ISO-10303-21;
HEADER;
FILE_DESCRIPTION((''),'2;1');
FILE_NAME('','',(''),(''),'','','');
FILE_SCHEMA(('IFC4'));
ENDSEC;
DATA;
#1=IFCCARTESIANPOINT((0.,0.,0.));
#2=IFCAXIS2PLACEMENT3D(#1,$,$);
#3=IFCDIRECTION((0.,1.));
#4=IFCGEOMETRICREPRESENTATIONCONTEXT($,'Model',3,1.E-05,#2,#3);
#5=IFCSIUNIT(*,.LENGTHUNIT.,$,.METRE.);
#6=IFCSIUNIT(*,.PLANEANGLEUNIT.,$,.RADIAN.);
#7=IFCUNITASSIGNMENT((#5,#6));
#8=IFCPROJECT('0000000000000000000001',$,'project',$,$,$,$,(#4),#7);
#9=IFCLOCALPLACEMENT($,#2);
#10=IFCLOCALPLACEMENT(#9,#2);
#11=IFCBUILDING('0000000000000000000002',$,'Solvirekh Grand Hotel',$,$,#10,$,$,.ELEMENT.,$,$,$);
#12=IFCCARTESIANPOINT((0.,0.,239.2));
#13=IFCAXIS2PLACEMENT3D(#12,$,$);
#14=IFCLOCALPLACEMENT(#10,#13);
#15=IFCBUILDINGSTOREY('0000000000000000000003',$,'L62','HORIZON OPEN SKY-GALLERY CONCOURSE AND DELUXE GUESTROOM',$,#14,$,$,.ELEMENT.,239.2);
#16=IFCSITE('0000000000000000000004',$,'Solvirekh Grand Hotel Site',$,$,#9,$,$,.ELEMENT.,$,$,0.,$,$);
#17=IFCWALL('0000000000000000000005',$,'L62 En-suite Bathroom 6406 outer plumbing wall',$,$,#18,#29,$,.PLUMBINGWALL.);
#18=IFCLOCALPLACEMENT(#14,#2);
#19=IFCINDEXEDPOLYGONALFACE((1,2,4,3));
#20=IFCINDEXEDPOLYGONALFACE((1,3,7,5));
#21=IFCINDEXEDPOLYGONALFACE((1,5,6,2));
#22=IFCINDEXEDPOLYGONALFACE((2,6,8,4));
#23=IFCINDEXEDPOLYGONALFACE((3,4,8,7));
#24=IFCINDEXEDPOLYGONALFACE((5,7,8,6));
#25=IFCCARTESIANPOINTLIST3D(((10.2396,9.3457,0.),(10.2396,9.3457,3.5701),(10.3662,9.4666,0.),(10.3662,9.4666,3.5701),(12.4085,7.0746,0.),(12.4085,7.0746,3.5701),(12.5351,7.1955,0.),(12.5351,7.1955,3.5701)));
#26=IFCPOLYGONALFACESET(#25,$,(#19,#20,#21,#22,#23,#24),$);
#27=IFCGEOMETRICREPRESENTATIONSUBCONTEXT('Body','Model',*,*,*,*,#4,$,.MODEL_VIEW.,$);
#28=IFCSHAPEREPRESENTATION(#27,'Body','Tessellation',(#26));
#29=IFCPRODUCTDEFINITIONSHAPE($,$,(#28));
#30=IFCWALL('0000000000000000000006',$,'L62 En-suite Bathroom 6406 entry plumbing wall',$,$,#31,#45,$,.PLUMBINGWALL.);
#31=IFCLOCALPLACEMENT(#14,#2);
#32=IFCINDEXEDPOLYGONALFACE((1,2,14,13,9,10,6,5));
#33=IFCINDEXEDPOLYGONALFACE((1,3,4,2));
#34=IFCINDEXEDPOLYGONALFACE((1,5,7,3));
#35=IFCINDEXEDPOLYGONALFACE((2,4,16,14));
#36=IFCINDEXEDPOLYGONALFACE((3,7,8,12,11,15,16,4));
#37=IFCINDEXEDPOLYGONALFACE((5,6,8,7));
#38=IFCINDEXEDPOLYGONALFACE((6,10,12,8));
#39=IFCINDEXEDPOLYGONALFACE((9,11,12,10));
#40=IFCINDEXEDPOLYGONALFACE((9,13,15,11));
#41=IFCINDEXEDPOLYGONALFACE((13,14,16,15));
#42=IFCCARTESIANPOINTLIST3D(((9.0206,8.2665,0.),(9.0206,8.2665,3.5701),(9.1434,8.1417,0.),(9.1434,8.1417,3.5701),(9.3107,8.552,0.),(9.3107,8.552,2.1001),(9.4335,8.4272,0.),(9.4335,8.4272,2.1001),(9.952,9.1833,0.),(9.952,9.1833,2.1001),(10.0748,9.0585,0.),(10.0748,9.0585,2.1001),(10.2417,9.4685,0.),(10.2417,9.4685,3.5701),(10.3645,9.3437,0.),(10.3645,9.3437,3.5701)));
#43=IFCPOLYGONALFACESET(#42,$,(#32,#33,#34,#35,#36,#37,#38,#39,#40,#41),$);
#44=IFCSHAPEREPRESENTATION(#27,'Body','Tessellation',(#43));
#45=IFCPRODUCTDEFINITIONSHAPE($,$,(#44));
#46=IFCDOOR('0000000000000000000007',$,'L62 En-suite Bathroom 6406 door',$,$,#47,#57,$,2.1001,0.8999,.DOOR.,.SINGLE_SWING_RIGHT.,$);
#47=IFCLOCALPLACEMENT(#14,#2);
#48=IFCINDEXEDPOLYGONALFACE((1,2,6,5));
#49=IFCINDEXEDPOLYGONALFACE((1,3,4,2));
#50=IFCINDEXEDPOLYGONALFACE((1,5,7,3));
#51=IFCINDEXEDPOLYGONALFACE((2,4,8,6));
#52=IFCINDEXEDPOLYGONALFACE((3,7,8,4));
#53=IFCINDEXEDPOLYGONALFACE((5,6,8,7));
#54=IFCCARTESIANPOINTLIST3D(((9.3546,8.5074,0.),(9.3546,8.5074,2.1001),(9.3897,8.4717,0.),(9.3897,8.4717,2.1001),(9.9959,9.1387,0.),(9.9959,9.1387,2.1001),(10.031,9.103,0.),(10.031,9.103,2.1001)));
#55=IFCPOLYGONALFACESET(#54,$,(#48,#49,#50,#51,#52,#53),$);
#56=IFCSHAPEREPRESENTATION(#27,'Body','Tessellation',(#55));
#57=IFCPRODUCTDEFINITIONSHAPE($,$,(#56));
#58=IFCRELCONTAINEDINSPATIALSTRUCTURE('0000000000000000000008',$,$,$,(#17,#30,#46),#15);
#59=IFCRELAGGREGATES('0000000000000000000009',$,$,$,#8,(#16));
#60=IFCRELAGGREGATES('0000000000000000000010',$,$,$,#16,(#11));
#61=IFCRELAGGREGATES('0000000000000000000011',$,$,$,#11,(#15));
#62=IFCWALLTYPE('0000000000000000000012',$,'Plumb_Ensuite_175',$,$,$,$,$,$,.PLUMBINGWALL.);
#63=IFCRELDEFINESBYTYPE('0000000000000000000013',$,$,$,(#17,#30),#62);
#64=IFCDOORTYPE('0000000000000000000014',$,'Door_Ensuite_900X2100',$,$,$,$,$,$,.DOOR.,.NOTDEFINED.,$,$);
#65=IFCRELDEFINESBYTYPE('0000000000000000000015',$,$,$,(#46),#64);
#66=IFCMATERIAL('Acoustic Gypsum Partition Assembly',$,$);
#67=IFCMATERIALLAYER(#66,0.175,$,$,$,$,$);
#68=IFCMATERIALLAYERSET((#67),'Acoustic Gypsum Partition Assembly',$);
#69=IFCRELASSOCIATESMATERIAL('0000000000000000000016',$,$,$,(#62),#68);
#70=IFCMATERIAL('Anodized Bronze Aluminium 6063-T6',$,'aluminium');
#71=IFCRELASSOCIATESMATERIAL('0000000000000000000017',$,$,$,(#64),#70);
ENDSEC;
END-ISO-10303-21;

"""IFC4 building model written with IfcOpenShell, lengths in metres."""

from ifc_helpers import new_model, si_unit, direction, frame, frame_2d, origin, place, context, subcontext, project, spatial, rectangle, extrude, material, layer, layer_set, type_object, element, fill, save


model = new_model("IFC4")

# Units and contexts
model_context = context("Model", 3, precision=1e-05, world=origin(), true_north=direction((0.0, 1.0)))
body_context = subcontext(model_context, "Body", "Model", "MODEL_VIEW")
ifc_project = project(units=[si_unit("LENGTHUNIT", "METRE"), si_unit("PLANEANGLEUNIT", "RADIAN")], contexts=[model_context])

# Site, building, storey
site_placement = place(None, origin())
site = spatial("IfcSite", under=ifc_project, at=site_placement, Name="Solvirekh Grand Hotel Site", CompositionType="ELEMENT", RefElevation=0.0)
building_placement = place(site_placement, origin())
building = spatial("IfcBuilding", under=site, at=building_placement, Name="Solvirekh Grand Hotel", CompositionType="ELEMENT")
storey_placement = place(building_placement, frame((0.0, 0.0, 239.2)))
storey = spatial("IfcBuildingStorey", under=building, at=storey_placement, Name="L62", Description="HORIZON OPEN SKY-GALLERY CONCOURSE AND DELUXE GUESTROOM", CompositionType="ELEMENT", Elevation=239.2)

# Shared definitions
ifc_material_1 = material(Name="Anodized Bronze Aluminium 6063-T6", Category="aluminium")

# Shared definitions
ifc_material_2 = material(Name="Acoustic Gypsum Partition Assembly")

# Wall
ifc_layer_1 = layer(ifc_material_2, 0.175)
ifc_layer_set_1 = layer_set([ifc_layer_1], Name="Acoustic Gypsum Partition Assembly")
wall_type_1 = type_object("IfcWallType", Name="Plumb_Ensuite_175", PredefinedType="PLUMBINGWALL", material=ifc_layer_set_1)
wall_1_placement = place(storey_placement, frame((12.4719, 7.135, 0.0), z_axis=(0.0, 0.0, 1.0), x_axis=(-0.690672, 0.723168, 0.0)))
element("IfcWall", 1, at=wall_1_placement, inside=storey, type_object=wall_type_1, Name="L62 En-suite Bathroom 6406 outer plumbing wall", PredefinedType="PLUMBINGWALL", context=body_context, shape_type="SweptSolid", body=[
    extrude(rectangle(XDim=3.1404, YDim=0.175, at=frame_2d((1.5703, 0.0))), origin(), (0.0, 0.0, 1.0), 3.5701),
])

# Wall, opening, door
wall_2_placement = place(storey_placement, frame((9.082, 8.2041, 0.0), z_axis=(0.0, 0.0, 1.0), x_axis=(0.712642, 0.701527, 0.0)))
wall_2 = element("IfcWall", 2, at=wall_2_placement, inside=storey, type_object=wall_type_1, Name="L62 En-suite Bathroom 6406 entry plumbing wall", PredefinedType="PLUMBINGWALL", context=body_context, shape_type="SweptSolid", body=[
    extrude(rectangle(XDim=1.7134, YDim=0.175, at=frame_2d((0.8567, 0.0))), origin(), (0.0, 0.0, 1.0), 3.5701),
])
opening_1_placement = place(wall_2_placement, frame((0.407, 0.0, 0.0)))
opening_1 = element("IfcOpeningElement", 3, at=opening_1_placement, cuts=wall_2, PredefinedType="OPENING", context=body_context, shape_type="SweptSolid", body=[
    extrude(rectangle(XDim=0.8999, YDim=2.1001, at=frame_2d((0.45, 1.05))), frame((0.0, 0.0977, 0.0), z_axis=(0.0, -1.0, 0.0), x_axis=(1.0, 0.0, 0.0)), (0.0, 0.0, 1.0), 0.1951),
])
door_type_1 = type_object("IfcDoorType", Name="Door_Ensuite_900X2100", OperationType="NOTDEFINED", PredefinedType="DOOR", material=ifc_material_1)
door_1_placement = place(opening_1_placement, origin())
door_1 = element("IfcDoor", 4, at=door_1_placement, inside=storey, type_object=door_type_1, Name="L62 En-suite Bathroom 6406 door", OperationType="SINGLE_SWING_RIGHT", OverallHeight=2.1001, OverallWidth=0.8999, PredefinedType="DOOR", context=body_context, shape_type="SweptSolid", body=[
    extrude(rectangle(XDim=0.8999, YDim=2.1001, at=frame_2d((0.45, 1.05))), frame((0.0, 0.0249, 0.0), z_axis=(0.0, -1.0, 0.0), x_axis=(1.0, 0.0, 0.0)), (0.0, 0.0, 1.0), 0.05),
])
fill(opening_1, door_1)

save(model, "model.ifc")
